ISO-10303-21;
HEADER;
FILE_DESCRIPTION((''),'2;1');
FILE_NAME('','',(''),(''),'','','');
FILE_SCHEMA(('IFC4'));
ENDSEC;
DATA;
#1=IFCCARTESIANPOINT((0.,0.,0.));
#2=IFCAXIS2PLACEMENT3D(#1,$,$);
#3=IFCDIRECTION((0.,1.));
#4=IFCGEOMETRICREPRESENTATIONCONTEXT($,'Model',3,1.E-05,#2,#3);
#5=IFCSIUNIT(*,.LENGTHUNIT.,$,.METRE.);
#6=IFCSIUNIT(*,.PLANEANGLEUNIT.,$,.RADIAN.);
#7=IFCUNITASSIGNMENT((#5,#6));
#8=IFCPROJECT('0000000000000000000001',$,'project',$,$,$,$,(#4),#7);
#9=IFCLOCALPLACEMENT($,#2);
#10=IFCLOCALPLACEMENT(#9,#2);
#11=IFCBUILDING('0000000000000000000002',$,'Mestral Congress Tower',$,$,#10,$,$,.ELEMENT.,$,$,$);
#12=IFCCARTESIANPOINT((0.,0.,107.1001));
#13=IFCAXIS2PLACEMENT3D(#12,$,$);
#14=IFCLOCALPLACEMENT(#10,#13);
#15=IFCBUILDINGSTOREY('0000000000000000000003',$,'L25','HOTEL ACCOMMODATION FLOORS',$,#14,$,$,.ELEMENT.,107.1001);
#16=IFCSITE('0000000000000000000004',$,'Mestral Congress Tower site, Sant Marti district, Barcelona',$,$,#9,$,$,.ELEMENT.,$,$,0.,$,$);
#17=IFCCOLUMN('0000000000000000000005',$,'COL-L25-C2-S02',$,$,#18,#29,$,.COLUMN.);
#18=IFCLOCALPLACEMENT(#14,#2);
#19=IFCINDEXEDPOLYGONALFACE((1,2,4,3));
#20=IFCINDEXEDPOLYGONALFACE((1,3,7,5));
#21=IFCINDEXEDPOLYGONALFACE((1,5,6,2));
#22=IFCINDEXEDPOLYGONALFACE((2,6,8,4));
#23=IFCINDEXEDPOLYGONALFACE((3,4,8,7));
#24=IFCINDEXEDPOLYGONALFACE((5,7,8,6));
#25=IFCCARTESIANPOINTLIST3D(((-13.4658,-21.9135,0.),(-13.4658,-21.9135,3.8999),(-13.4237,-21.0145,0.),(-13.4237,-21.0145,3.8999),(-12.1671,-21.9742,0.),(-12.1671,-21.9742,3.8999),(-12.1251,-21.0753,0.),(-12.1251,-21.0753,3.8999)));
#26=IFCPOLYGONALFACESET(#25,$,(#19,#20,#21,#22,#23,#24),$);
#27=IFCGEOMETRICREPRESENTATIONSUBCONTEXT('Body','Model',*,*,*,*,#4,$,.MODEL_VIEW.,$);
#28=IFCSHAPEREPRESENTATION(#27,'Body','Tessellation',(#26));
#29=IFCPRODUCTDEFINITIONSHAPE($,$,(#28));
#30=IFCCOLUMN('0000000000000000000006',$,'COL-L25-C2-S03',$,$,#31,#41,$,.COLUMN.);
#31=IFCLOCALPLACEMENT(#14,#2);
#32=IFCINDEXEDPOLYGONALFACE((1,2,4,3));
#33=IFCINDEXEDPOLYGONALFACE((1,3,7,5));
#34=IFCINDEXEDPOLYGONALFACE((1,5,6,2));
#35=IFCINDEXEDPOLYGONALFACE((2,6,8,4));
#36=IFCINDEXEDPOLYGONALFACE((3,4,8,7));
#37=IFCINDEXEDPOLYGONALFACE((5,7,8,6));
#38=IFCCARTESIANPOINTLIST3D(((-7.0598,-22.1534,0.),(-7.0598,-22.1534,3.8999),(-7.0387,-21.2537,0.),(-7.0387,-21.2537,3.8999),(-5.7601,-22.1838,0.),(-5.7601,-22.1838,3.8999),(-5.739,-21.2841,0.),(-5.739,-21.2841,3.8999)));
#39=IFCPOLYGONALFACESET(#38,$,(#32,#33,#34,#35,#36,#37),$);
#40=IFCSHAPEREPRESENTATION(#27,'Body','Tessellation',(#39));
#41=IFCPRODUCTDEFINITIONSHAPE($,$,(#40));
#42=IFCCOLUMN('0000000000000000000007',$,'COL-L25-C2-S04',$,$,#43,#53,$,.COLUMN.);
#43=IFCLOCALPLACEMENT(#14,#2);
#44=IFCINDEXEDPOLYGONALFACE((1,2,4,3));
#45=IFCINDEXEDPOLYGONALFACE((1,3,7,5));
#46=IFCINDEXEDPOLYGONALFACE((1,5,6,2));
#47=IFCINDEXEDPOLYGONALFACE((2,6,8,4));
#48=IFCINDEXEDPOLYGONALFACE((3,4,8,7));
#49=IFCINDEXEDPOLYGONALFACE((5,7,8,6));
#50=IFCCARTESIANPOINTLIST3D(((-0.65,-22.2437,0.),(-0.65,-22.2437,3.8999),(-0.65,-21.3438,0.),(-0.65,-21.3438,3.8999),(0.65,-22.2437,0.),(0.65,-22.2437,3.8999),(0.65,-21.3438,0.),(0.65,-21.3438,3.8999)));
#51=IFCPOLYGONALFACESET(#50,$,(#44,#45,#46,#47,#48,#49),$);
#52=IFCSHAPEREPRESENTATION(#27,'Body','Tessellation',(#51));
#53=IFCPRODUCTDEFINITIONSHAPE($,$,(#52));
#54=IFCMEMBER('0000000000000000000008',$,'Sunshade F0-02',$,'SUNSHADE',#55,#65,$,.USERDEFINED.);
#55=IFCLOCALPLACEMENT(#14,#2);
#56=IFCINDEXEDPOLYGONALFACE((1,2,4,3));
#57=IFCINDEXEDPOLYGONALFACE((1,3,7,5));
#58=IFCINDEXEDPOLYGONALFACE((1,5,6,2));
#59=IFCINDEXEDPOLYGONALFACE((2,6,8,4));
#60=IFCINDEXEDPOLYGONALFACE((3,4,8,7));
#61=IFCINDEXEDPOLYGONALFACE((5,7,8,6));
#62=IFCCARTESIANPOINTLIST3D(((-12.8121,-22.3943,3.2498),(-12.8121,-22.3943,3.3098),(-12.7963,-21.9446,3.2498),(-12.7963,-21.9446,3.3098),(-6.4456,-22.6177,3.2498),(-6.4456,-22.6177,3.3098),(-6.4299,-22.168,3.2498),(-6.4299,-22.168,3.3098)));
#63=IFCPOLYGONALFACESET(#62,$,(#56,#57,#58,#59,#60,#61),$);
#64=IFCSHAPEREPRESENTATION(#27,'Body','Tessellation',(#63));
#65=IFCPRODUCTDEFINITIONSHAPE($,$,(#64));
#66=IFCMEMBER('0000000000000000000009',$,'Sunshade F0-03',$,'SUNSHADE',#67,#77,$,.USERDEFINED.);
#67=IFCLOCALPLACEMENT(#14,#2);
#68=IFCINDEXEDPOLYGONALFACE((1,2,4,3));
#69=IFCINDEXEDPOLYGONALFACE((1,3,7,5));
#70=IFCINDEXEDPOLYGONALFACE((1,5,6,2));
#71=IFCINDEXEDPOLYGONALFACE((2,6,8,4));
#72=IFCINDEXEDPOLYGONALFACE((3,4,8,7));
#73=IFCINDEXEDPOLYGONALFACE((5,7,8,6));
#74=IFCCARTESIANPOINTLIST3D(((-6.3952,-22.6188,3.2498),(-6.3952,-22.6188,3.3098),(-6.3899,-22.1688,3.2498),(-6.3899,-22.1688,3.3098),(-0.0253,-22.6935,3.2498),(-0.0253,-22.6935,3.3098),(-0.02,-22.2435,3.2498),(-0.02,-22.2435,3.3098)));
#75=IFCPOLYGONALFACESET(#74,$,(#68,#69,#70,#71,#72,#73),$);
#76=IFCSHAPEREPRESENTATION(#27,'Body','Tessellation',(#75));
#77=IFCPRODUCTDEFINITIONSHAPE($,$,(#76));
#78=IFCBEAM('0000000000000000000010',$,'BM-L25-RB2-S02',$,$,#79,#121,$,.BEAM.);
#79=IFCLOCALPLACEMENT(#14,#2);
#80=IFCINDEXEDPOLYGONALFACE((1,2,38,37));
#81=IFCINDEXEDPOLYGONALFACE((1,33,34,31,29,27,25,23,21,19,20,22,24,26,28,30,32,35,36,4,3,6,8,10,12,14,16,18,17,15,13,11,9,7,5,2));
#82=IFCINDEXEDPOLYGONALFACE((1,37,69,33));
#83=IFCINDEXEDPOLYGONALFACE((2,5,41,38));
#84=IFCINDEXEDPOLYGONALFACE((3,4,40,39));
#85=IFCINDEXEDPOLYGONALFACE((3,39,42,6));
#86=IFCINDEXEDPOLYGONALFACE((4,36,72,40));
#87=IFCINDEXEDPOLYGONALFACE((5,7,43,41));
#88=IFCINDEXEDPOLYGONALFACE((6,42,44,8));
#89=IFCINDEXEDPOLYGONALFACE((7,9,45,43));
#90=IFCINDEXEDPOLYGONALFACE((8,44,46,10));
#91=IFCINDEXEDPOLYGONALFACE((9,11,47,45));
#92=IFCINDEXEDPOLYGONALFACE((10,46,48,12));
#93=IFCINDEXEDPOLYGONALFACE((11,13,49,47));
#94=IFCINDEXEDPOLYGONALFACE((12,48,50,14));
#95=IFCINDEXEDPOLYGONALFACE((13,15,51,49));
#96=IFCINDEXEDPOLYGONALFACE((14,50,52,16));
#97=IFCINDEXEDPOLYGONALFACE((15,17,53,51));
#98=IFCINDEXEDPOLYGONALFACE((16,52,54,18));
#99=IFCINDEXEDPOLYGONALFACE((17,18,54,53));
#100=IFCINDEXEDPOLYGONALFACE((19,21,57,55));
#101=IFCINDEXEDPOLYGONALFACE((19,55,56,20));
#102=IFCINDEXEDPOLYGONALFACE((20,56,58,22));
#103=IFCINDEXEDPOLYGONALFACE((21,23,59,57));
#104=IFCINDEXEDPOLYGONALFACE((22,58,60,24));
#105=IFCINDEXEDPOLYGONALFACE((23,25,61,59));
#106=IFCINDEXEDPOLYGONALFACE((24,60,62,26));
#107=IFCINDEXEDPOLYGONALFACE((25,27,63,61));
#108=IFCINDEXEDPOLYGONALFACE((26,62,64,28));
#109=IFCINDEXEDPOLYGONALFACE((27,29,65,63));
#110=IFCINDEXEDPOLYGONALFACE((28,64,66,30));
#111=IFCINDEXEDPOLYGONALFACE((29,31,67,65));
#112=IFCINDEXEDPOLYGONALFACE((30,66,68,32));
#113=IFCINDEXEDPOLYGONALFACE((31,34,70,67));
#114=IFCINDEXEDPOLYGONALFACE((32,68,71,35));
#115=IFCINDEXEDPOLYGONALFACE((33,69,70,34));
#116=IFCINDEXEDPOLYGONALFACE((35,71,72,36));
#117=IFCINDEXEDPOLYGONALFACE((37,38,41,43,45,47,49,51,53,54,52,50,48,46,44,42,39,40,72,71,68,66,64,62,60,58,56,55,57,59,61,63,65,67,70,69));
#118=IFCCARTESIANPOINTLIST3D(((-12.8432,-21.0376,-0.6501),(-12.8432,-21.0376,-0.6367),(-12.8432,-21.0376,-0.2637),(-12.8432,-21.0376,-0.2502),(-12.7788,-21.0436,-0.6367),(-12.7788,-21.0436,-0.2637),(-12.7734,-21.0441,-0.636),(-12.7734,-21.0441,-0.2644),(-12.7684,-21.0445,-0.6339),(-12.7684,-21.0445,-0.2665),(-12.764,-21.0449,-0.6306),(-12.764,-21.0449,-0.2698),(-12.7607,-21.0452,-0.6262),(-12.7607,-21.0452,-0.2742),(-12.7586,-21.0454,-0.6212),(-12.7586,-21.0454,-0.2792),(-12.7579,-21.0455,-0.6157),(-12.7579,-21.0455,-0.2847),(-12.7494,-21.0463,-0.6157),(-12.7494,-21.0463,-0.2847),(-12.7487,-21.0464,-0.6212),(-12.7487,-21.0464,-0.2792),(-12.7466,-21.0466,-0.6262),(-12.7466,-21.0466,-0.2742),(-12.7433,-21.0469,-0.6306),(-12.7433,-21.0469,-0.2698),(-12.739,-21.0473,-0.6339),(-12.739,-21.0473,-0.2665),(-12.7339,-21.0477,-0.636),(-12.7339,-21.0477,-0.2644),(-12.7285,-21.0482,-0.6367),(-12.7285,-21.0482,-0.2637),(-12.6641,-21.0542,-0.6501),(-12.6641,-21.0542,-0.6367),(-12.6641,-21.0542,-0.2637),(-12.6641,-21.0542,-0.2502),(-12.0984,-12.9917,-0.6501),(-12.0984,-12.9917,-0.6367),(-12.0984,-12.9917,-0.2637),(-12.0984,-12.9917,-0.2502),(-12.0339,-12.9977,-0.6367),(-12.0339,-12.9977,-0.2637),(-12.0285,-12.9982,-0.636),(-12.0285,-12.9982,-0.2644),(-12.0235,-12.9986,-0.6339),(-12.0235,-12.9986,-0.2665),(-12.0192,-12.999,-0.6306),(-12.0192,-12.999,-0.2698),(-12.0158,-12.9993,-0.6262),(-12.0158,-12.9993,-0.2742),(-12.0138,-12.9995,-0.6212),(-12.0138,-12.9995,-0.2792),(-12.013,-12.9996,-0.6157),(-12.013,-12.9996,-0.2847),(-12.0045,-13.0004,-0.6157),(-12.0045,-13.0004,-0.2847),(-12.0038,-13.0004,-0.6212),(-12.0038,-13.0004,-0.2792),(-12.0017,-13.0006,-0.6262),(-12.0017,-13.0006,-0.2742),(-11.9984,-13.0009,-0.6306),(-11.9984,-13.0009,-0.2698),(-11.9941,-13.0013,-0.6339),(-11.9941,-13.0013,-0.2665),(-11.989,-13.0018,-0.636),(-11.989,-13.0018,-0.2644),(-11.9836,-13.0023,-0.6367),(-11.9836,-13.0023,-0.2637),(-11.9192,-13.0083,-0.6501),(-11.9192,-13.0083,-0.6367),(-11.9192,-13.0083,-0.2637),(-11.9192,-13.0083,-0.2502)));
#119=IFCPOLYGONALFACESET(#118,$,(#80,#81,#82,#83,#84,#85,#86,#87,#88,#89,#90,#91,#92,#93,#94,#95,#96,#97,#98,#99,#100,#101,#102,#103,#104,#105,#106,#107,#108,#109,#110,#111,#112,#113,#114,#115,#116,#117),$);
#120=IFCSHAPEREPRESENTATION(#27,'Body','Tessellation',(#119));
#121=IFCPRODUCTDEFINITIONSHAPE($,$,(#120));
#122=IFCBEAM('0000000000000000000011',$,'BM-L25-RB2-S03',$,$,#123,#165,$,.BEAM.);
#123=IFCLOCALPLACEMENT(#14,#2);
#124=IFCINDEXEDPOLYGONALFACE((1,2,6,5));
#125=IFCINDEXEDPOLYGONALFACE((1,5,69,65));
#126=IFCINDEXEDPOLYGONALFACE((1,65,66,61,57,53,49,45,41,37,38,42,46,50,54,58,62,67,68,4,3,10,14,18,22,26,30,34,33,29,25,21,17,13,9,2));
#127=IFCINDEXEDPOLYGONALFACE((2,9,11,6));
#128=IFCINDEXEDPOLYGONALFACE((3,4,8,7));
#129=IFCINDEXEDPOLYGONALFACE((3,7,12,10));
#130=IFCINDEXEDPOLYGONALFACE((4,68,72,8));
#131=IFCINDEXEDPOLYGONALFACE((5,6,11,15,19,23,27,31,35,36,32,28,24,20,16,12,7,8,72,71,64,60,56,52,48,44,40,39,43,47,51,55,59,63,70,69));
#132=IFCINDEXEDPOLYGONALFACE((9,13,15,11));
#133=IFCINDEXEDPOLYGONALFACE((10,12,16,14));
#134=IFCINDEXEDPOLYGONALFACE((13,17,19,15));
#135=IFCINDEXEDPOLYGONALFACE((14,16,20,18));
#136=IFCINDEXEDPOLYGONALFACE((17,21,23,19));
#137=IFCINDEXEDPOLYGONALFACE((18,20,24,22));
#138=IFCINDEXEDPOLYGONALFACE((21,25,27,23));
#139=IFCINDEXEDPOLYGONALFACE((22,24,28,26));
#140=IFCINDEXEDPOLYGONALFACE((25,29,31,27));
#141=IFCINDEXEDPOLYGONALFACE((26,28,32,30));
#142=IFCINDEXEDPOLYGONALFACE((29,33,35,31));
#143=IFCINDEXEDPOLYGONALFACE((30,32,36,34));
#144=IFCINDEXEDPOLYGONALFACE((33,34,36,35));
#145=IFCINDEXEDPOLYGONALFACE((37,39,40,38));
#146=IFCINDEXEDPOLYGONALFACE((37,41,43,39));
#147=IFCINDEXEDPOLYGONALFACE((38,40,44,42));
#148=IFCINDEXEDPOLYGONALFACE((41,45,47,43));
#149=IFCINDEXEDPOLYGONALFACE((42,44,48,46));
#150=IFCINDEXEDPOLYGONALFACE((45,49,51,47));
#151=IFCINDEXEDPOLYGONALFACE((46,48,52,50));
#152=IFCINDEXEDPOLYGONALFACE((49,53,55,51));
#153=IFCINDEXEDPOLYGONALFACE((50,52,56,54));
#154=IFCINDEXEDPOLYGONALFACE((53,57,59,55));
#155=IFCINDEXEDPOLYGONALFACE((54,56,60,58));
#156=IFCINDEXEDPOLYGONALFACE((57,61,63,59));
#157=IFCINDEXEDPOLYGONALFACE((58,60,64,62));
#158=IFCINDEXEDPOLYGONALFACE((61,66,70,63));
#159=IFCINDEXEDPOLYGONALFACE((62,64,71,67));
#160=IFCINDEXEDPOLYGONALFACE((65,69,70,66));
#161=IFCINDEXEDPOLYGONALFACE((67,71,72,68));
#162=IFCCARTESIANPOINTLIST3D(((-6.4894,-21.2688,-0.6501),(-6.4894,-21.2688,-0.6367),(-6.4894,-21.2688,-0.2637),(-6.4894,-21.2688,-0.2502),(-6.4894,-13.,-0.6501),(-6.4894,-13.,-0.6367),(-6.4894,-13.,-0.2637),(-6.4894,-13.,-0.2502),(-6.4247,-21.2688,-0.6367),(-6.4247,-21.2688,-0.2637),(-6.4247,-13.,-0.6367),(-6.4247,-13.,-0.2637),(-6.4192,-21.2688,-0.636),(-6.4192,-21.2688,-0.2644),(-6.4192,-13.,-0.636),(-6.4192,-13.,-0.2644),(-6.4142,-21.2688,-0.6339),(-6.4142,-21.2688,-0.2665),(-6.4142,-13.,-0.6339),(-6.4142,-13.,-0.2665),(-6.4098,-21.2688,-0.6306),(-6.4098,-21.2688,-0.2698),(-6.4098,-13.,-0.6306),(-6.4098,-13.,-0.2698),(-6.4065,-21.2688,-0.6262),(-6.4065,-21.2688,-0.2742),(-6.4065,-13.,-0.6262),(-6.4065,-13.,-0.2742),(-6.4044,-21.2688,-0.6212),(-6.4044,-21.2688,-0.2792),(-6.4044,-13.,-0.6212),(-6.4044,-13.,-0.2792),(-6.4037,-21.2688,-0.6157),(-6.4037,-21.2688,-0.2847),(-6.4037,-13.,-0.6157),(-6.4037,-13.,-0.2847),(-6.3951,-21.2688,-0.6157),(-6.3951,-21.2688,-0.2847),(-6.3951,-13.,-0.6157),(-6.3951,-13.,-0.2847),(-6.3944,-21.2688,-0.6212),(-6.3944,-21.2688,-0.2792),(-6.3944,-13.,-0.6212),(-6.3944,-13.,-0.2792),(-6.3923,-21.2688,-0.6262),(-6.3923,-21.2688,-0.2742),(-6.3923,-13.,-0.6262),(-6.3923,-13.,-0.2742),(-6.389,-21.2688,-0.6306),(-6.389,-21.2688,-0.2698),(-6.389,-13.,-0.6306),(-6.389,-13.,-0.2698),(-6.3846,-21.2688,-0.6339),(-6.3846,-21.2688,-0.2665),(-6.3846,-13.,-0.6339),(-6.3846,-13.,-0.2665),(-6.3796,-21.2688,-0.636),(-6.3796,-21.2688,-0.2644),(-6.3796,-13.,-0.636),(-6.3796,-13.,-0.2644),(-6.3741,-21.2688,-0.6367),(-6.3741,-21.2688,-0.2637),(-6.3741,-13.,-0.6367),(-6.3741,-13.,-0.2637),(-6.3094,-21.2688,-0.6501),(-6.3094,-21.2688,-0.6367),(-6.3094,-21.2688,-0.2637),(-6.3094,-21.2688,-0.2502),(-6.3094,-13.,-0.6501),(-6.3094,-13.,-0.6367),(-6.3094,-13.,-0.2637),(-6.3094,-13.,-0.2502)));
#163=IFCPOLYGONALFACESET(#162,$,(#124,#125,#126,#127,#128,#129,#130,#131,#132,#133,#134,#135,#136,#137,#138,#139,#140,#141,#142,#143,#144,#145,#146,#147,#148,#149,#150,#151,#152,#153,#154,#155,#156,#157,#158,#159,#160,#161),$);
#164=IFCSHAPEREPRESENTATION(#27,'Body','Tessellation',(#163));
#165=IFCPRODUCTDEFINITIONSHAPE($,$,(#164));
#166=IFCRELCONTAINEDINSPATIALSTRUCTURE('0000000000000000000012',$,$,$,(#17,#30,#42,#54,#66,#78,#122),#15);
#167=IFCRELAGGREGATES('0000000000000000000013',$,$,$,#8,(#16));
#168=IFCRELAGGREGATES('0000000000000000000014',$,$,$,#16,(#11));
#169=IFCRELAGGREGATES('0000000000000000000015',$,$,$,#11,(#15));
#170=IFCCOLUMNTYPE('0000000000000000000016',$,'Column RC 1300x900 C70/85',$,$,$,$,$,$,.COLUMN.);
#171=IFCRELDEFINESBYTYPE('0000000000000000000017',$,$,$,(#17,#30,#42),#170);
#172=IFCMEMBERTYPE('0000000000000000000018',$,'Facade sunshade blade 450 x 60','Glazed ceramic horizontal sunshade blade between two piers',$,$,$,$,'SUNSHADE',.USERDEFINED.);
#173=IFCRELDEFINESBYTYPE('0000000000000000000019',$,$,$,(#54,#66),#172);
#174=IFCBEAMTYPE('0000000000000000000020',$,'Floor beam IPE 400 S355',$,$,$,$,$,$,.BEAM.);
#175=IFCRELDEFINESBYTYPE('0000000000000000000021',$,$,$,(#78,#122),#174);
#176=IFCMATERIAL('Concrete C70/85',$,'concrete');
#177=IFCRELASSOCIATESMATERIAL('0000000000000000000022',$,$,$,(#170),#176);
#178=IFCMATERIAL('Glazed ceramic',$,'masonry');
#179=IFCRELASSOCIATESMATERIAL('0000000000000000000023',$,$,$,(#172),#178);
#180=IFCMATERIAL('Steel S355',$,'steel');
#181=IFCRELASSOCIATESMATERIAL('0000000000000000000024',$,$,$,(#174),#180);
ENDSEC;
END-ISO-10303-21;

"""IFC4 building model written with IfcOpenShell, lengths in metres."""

from ifc_helpers import new_model, si_unit, direction, frame, origin, origin_2d, place, context, subcontext, project, spatial, rectangle, i_section, extrude, material, material_profile, profile_set, type_object, element, save


model = new_model("IFC4")

# Units and contexts
model_context = context("Model", 3, precision=1e-05, world=origin(), true_north=direction((0.0, 1.0)))
body_context = subcontext(model_context, "Body", "Model", "MODEL_VIEW")
ifc_project = project(units=[si_unit("LENGTHUNIT", "METRE"), si_unit("PLANEANGLEUNIT", "RADIAN")], contexts=[model_context])

# Site, building, storey
site_placement = place(None, origin())
site = spatial("IfcSite", under=ifc_project, at=site_placement, Name="Mestral Congress Tower site, Sant Marti district, Barcelona", CompositionType="ELEMENT", RefElevation=0.0)
building_placement = place(site_placement, origin())
building = spatial("IfcBuilding", under=site, at=building_placement, Name="Mestral Congress Tower", CompositionType="ELEMENT")
storey_placement = place(building_placement, frame((0.0, 0.0, 107.1001)))
storey = spatial("IfcBuildingStorey", under=building, at=storey_placement, Name="L25", Description="HOTEL ACCOMMODATION FLOORS", CompositionType="ELEMENT", Elevation=107.1001)

# Columns
ifc_material_1 = material(Name="Concrete C70/85", Category="concrete")
ifc_material_profile_1 = material_profile(ifc_material_1, rectangle(XDim=1.3, YDim=0.8999, at=origin_2d()), Name="RC 1300x900")
ifc_profile_set_1 = profile_set([ifc_material_profile_1], Name="Concrete C70/85")
column_type = type_object("IfcColumnType", Name="Column RC 1300x900 C70/85", PredefinedType="COLUMN", material=ifc_profile_set_1)
for number, where, z_axis, x_axis, name in (
    (1, (-12.7954, -21.4944, 0.0), (0.0, 0.0, 1.0), (0.998906, -0.046756, 0.0), "COL-L25-C2-S02"),
    (2, (-6.3994, -21.7188, 0.0), (0.0, 0.0, 1.0), (0.999727, -0.023384, 0.0), "COL-L25-C2-S03"),
    (3, (0.0, -21.7937, 0.0), (0.0, 0.0, 1.0), (1.0, 0.0, 0.0), "COL-L25-C2-S04"),
):
    element("IfcColumn", number, at=place(storey_placement, frame(where, z_axis=z_axis, x_axis=x_axis)), inside=storey, type_object=column_type, Name=name, PredefinedType="COLUMN", context=body_context, shape_type="SweptSolid", body=[
        extrude(rectangle(XDim=1.3, YDim=0.8999, at=origin_2d()), origin(), (0.0, 0.0, 1.0), 3.8999),
    ])

# Members
ifc_material_2 = material(Name="Glazed ceramic", Category="masonry")
ifc_material_profile_2 = material_profile(ifc_material_2, rectangle(XDim=0.45, YDim=0.0601, at=origin_2d()), Name="Ceramic blade 450 x 60")
ifc_profile_set_2 = profile_set([ifc_material_profile_2], Name="Glazed ceramic")
member_type = type_object("IfcMemberType", Name="Facade sunshade blade 450 x 60", Description="Glazed ceramic horizontal sunshade blade between two piers", ElementType="SUNSHADE", PredefinedType="USERDEFINED", material=ifc_profile_set_2)
for number, where, z_axis, x_axis, name in (
    (4, (-12.8042, -22.1694, 3.2798), (0.999385, -0.035067, 0.0), (0.035067, 0.999385, 0.0), "Sunshade F0-02"),
    (5, (-6.3926, -22.3938, 3.2798), (0.999931, -0.011727, 0.0), (0.011727, 0.999931, 0.0), "Sunshade F0-03"),
):
    element("IfcMember", number, at=place(storey_placement, frame(where, z_axis=z_axis, x_axis=x_axis)), inside=storey, type_object=member_type, Name=name, ObjectType="SUNSHADE", PredefinedType="USERDEFINED", context=body_context, shape_type="SweptSolid", body=[
        extrude(rectangle(XDim=0.45, YDim=0.0601, at=origin_2d()), origin(), (0.0, 0.0, 1.0), 6.3704),
    ])

# Beams
ifc_material_3 = material(Name="Steel S355", Category="steel")
ifc_material_profile_3 = material_profile(ifc_material_3, i_section(OverallWidth=0.1799, OverallDepth=0.3999, WebThickness=0.0085, FlangeThickness=0.0134, FilletRadius=0.021, at=origin_2d()), Name="IPE 400")
ifc_profile_set_3 = profile_set([ifc_material_profile_3], Name="Steel S355")
beam_type_1 = type_object("IfcBeamType", Name="Floor beam IPE 400 S355", PredefinedType="BEAM", material=ifc_profile_set_3)
beam_1_placement = place(storey_placement, frame((-12.7537, -21.0459, -0.4502), z_axis=(0.092184, 0.995742, 0.0), x_axis=(-0.995742, 0.092184, 0.0)))
element("IfcBeam", 6, at=beam_1_placement, inside=storey, type_object=beam_type_1, Name="BM-L25-RB2-S02", PredefinedType="BEAM", context=body_context, shape_type="SweptSolid", body=[
    extrude(i_section(OverallWidth=0.1799, OverallDepth=0.3999, WebThickness=0.0085, FlangeThickness=0.0134, FilletRadius=0.021, at=origin_2d()), origin(), (0.0, 0.0, 1.0), 8.0803),
])
beam_2_placement = place(storey_placement, frame((-6.3994, -21.2688, -0.4502), z_axis=(0.0, 1.0, 0.0), x_axis=(-1.0, 0.0, 0.0)))
element("IfcBeam", 7, at=beam_2_placement, inside=storey, type_object=beam_type_1, Name="BM-L25-RB2-S03", PredefinedType="BEAM", context=body_context, shape_type="SweptSolid", body=[
    extrude(i_section(OverallWidth=0.1799, OverallDepth=0.3999, WebThickness=0.0085, FlangeThickness=0.0134, FilletRadius=0.021, at=origin_2d()), origin(), (0.0, 0.0, 1.0), 8.2688),
])

save(model, "model.ifc")
